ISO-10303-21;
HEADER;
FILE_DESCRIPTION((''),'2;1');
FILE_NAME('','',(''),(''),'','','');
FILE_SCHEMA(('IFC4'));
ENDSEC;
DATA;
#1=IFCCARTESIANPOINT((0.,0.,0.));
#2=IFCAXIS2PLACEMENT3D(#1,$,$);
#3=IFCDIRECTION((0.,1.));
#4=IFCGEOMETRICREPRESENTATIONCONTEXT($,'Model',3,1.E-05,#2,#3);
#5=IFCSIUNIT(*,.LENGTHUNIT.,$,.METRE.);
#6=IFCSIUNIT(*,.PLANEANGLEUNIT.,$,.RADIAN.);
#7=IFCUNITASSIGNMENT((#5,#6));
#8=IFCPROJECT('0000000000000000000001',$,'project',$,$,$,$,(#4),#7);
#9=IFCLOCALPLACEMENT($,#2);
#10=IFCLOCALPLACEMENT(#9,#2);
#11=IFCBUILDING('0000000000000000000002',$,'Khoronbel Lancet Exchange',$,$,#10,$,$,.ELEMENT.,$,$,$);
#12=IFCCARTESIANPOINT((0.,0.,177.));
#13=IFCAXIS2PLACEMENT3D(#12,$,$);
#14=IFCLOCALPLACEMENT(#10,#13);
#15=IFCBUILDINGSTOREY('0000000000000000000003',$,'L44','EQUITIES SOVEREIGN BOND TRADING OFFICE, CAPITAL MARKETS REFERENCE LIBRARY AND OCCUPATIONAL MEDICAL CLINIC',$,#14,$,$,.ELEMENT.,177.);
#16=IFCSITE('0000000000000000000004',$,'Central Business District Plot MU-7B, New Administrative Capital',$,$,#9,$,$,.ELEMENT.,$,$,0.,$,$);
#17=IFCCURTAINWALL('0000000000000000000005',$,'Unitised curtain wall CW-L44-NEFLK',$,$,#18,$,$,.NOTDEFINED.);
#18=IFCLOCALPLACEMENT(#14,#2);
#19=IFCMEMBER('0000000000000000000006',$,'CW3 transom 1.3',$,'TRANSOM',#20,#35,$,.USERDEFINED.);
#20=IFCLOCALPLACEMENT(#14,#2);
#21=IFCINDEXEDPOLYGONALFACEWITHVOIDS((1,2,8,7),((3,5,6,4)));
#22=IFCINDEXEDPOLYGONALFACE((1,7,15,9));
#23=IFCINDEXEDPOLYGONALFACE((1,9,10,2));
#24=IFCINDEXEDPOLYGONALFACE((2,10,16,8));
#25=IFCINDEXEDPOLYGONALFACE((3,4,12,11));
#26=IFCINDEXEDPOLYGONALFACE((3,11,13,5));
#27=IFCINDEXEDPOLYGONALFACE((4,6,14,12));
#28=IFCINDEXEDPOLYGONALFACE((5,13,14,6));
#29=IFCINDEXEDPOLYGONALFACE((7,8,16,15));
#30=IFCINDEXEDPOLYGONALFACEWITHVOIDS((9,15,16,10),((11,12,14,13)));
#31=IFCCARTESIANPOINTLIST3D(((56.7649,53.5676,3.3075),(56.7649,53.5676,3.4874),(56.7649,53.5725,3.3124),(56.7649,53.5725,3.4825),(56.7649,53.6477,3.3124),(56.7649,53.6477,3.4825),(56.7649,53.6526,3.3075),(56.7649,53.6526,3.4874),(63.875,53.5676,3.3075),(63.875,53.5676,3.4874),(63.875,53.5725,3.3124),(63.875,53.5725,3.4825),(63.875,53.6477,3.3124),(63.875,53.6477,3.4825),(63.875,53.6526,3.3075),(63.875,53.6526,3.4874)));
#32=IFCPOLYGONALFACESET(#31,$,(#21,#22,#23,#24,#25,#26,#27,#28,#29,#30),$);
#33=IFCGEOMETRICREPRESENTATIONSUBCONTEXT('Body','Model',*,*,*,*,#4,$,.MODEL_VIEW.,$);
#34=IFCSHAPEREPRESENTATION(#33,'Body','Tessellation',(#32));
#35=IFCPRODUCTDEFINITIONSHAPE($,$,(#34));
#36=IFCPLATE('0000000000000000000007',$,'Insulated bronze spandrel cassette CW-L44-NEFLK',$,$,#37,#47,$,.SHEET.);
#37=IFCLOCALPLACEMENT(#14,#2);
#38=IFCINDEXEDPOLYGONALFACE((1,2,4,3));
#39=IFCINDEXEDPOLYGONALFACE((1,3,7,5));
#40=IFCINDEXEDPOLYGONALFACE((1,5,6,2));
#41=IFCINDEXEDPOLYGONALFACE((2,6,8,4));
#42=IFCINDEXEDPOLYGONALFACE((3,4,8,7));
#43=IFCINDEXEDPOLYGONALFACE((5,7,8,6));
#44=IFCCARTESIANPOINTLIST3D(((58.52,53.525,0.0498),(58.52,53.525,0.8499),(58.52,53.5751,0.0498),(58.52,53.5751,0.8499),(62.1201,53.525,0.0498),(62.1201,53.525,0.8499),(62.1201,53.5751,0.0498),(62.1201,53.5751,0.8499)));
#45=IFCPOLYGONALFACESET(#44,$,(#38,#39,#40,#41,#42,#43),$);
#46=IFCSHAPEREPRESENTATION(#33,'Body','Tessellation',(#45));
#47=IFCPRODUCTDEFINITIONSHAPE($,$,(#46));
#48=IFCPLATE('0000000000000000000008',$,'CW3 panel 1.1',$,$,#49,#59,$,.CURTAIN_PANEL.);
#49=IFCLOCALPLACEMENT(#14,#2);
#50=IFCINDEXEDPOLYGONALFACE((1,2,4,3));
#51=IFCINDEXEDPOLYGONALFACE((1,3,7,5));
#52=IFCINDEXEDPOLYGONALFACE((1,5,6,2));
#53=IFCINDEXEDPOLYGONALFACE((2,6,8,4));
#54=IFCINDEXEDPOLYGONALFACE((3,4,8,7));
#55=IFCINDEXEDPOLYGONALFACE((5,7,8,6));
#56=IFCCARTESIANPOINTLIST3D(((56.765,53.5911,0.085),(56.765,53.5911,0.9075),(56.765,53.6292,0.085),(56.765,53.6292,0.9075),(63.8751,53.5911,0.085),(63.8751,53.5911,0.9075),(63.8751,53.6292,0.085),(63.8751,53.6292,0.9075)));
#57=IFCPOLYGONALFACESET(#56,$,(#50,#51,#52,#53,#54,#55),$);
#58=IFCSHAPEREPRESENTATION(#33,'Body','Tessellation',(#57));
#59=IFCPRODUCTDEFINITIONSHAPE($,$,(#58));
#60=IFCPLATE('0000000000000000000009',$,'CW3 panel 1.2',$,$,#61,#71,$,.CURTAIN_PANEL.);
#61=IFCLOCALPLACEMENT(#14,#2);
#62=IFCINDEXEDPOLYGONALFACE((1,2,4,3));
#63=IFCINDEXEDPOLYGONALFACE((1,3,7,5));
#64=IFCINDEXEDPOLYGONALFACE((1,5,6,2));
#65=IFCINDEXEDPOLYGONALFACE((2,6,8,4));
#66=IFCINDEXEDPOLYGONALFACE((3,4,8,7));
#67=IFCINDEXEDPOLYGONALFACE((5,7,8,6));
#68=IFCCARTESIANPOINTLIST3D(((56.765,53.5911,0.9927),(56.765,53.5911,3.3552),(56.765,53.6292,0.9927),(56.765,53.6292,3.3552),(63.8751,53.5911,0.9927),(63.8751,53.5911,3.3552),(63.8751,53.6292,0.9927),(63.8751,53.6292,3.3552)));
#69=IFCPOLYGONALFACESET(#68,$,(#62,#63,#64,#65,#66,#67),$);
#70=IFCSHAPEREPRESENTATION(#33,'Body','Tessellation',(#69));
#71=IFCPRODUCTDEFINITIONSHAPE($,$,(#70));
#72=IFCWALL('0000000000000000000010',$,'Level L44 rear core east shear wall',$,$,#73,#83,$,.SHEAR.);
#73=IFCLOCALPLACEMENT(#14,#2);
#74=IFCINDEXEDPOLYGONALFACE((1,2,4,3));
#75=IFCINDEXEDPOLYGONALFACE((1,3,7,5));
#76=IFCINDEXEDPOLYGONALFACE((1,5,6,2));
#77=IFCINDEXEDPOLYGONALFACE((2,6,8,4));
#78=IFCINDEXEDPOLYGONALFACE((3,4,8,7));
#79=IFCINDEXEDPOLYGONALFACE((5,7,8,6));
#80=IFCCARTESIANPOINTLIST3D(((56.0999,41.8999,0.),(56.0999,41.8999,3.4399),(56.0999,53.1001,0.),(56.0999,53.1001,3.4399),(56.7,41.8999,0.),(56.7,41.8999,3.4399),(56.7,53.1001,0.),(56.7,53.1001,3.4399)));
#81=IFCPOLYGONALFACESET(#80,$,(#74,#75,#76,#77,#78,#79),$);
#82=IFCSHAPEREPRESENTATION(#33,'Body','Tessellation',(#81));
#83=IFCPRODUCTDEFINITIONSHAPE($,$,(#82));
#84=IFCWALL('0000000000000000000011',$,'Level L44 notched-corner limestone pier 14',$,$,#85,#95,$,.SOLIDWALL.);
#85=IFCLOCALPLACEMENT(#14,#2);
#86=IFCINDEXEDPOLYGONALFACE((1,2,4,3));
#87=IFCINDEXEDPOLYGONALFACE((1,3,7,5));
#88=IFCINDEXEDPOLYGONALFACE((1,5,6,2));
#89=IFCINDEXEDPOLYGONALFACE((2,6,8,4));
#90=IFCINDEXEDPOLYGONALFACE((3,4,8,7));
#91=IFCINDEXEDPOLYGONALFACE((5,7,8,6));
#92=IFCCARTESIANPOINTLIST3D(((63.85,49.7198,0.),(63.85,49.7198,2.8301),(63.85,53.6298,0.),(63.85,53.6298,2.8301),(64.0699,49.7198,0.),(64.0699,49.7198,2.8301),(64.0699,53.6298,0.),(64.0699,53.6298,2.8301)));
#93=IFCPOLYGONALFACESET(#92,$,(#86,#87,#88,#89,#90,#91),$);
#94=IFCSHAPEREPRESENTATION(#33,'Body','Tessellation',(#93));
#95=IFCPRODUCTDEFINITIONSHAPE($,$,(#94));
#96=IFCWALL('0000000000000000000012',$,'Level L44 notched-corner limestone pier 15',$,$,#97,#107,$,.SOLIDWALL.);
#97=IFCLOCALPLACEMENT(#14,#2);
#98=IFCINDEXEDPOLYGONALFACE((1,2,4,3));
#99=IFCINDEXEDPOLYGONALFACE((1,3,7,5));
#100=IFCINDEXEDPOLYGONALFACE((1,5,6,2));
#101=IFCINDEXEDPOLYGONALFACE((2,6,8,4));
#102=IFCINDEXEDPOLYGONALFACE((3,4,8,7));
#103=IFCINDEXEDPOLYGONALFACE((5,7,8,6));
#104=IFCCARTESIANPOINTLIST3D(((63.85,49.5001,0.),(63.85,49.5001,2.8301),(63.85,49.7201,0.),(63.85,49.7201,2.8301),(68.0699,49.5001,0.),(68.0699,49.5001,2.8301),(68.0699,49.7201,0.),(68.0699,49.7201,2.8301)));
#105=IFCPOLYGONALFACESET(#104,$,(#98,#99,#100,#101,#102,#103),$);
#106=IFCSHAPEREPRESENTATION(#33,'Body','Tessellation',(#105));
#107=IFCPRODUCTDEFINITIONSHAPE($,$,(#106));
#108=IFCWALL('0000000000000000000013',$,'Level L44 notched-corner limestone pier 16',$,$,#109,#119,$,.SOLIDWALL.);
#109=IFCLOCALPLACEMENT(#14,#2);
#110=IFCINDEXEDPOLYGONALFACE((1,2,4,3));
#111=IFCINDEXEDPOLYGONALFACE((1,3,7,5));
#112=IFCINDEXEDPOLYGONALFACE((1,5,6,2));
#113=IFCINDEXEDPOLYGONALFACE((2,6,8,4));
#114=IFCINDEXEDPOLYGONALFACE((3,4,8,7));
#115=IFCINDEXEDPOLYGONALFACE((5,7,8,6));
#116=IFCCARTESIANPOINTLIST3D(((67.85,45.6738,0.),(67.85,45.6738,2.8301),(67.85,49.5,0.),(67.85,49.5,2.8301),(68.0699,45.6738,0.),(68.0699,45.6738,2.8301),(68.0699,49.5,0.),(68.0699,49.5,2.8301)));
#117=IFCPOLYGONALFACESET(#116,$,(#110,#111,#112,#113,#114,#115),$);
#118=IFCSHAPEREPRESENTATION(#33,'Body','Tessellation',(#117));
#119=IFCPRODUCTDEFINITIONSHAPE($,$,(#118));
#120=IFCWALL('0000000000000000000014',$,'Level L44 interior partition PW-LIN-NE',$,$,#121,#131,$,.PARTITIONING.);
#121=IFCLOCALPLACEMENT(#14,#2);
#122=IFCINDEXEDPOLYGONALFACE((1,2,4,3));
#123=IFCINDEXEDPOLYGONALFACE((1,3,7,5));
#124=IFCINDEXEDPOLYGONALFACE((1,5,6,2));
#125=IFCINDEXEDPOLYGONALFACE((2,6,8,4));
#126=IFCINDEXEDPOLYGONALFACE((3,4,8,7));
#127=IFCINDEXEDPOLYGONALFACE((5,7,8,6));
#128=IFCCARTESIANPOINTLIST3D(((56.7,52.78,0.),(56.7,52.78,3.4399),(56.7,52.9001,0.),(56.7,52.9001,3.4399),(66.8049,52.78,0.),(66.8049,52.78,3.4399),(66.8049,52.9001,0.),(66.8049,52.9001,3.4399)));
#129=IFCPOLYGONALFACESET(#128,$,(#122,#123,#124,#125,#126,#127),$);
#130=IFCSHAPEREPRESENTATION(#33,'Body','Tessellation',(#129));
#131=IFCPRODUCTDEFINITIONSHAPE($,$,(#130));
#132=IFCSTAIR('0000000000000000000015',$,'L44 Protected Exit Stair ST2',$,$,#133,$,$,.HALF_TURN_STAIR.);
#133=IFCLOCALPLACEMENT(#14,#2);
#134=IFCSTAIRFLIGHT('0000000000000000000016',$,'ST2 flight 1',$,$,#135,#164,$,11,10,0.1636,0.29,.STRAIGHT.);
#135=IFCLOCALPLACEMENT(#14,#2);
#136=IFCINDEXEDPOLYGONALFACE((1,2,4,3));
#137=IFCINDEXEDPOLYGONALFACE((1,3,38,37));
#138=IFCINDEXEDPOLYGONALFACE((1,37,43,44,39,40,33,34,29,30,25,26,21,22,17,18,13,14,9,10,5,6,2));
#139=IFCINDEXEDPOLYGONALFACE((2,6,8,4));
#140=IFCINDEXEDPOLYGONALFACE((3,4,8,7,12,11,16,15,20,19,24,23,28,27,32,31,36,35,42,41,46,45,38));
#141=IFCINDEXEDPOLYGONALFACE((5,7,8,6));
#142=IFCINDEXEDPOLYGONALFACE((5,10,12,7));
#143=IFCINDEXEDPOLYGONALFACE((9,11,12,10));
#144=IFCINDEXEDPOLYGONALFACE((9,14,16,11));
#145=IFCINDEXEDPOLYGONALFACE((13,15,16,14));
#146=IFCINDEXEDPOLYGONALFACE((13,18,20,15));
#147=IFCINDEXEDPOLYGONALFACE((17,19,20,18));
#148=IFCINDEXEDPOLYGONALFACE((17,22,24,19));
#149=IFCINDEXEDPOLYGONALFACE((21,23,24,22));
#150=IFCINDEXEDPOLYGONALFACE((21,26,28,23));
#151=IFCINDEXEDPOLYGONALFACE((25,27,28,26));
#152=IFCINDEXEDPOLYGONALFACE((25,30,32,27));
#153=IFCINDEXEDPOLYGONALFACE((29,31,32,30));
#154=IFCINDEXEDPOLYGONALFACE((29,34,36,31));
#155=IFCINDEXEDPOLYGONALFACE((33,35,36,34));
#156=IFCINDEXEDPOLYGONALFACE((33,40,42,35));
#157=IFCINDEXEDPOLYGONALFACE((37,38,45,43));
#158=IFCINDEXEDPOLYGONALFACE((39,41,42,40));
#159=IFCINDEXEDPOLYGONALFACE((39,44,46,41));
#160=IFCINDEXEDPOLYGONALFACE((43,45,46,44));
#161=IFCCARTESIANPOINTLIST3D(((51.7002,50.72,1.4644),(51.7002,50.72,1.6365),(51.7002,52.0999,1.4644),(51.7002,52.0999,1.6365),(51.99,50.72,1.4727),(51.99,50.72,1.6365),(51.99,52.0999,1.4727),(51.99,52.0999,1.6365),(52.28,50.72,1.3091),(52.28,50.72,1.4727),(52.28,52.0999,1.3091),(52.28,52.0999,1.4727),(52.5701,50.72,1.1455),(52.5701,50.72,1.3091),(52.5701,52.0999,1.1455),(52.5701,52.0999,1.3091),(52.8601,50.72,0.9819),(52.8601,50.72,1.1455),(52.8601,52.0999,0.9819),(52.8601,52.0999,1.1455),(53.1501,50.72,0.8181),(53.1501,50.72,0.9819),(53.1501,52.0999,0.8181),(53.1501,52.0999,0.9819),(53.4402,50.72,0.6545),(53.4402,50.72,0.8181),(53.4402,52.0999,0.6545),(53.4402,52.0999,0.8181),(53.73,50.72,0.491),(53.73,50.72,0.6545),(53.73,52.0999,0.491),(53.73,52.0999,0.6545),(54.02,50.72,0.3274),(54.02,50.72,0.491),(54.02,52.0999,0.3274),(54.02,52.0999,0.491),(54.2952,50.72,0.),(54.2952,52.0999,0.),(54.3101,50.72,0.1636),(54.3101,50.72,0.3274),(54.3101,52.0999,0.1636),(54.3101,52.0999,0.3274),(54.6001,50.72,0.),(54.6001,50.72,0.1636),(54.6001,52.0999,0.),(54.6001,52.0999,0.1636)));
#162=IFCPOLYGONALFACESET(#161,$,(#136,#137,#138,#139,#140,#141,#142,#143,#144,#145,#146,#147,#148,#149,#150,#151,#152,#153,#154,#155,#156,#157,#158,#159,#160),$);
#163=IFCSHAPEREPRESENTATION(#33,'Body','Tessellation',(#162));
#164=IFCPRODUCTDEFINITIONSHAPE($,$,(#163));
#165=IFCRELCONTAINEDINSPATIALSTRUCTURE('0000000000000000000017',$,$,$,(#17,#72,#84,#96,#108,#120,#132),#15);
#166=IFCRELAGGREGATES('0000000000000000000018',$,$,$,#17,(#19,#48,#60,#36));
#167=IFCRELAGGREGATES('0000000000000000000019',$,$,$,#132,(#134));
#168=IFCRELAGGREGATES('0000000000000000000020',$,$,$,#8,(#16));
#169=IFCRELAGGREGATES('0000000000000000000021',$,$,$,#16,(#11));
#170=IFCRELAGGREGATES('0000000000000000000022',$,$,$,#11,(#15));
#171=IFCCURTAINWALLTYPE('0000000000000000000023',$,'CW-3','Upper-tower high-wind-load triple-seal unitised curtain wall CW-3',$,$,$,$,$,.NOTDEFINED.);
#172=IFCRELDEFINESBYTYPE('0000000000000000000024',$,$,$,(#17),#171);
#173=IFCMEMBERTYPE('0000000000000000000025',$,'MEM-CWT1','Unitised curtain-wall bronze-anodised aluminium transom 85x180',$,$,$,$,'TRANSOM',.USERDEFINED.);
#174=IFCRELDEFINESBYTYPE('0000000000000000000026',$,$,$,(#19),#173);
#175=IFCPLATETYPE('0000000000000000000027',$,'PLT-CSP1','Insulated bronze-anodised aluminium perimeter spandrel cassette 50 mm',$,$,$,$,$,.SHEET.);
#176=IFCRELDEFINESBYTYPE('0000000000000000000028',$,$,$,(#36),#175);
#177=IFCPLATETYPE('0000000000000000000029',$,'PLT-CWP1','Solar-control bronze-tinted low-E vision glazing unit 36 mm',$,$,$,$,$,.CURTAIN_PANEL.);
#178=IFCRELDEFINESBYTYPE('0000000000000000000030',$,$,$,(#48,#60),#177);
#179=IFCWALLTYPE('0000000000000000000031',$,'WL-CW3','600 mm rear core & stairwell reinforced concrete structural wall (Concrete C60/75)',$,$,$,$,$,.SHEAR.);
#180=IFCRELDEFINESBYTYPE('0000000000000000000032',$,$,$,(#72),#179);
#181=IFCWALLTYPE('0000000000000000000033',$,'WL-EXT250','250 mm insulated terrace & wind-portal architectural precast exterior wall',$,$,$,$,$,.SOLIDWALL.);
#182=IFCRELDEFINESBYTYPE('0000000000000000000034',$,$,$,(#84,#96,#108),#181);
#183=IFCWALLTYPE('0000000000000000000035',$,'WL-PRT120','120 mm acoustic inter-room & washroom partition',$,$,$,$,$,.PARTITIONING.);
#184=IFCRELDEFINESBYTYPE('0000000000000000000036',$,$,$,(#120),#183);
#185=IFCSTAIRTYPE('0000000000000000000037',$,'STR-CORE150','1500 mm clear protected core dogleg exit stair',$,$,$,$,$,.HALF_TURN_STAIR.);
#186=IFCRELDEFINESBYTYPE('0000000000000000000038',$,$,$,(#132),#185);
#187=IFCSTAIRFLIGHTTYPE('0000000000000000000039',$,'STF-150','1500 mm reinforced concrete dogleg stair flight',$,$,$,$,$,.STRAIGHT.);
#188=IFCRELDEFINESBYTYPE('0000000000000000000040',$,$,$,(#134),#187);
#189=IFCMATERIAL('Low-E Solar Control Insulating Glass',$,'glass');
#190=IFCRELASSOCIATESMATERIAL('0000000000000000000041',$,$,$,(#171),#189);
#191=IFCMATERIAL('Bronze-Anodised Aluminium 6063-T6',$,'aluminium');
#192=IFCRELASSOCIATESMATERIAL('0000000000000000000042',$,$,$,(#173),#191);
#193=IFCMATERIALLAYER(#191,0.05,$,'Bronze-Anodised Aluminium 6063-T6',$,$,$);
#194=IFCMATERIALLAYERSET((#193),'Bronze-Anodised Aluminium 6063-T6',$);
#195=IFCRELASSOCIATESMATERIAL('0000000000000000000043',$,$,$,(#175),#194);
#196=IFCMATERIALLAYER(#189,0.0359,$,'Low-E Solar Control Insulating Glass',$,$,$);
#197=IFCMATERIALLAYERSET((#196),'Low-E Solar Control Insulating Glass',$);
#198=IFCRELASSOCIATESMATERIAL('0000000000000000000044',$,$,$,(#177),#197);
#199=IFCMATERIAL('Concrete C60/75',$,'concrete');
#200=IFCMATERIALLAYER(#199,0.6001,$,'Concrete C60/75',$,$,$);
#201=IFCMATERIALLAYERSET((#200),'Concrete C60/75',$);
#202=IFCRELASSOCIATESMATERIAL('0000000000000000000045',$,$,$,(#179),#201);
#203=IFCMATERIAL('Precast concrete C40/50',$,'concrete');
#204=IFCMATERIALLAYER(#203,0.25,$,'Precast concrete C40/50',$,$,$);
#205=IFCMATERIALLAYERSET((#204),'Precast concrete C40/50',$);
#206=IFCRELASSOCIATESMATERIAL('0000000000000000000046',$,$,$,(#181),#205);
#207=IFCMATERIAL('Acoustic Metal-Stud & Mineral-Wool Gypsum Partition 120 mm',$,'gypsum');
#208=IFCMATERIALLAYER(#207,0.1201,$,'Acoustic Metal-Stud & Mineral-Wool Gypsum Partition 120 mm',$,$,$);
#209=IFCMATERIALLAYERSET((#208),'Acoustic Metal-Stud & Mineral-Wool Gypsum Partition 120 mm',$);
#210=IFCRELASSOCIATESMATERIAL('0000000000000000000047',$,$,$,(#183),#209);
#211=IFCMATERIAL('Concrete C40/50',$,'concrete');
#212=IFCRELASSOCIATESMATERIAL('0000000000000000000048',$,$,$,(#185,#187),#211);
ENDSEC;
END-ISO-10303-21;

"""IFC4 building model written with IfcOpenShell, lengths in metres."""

from ifc_helpers import new_model, si_unit, direction, frame, frame_2d, origin, origin_2d, place, context, subcontext, project, spatial, polyline, rectangle, hollow_rectangle, outline, extrude, material, layer, layer_set, material_profile, profile_set, type_object, element, aggregate, save


model = new_model("IFC4")

# Units and contexts
model_context = context("Model", 3, precision=1e-05, world=origin(), true_north=direction((0.0, 1.0)))
body_context = subcontext(model_context, "Body", "Model", "MODEL_VIEW")
ifc_project = project(units=[si_unit("LENGTHUNIT", "METRE"), si_unit("PLANEANGLEUNIT", "RADIAN")], contexts=[model_context])

# Site, building, storey
site_placement = place(None, origin())
site = spatial("IfcSite", under=ifc_project, at=site_placement, Name="Central Business District Plot MU-7B, New Administrative Capital", CompositionType="ELEMENT", RefElevation=0.0)
building_placement = place(site_placement, origin())
building = spatial("IfcBuilding", under=site, at=building_placement, Name="Khoronbel Lancet Exchange", CompositionType="ELEMENT")
storey_placement = place(building_placement, frame((0.0, 0.0, 177.0)))
storey = spatial("IfcBuildingStorey", under=building, at=storey_placement, Name="L44", Description="EQUITIES SOVEREIGN BOND TRADING OFFICE, CAPITAL MARKETS REFERENCE LIBRARY AND OCCUPATIONAL MEDICAL CLINIC", CompositionType="ELEMENT", Elevation=177.0)

# Curtain wall, member, plates
ifc_material_1 = material(Name="Low-E Solar Control Insulating Glass", Category="glass")
curtain_wall_type = type_object("IfcCurtainWallType", Name="CW-3", Description="Upper-tower high-wind-load triple-seal unitised curtain wall CW-3", PredefinedType="NOTDEFINED", material=ifc_material_1)
curtain_wall_placement = place(storey_placement, origin())
curtain_wall = element("IfcCurtainWall", 1, at=curtain_wall_placement, inside=storey, type_object=curtain_wall_type, Name="Unitised curtain wall CW-L44-NEFLK", PredefinedType="NOTDEFINED")
ifc_material_2 = material(Name="Bronze-Anodised Aluminium 6063-T6", Category="aluminium")
ifc_material_profile_1 = material_profile(ifc_material_2, hollow_rectangle(XDim=0.085, YDim=0.1799, WallThickness=0.0049, at=origin_2d()), Name="ALU TRANSOM 85x180")
ifc_profile_set_1 = profile_set([ifc_material_profile_1], Name="Bronze-Anodised Aluminium 6063-T6")
member_type_1 = type_object("IfcMemberType", Name="MEM-CWT1", Description="Unitised curtain-wall bronze-anodised aluminium transom 85x180", ElementType="TRANSOM", PredefinedType="USERDEFINED", material=ifc_profile_set_1)
member_1_placement = place(storey_placement, frame((63.875, 53.6101, 3.3975), z_axis=(-1.0, 0.0, 0.0), x_axis=(0.0, -1.0, 0.0)))
member_1 = element("IfcMember", 2, at=member_1_placement, type_object=member_type_1, Name="CW3 transom 1.3", ObjectType="TRANSOM", PredefinedType="USERDEFINED", context=body_context, shape_type="SweptSolid", body=[
    extrude(hollow_rectangle(XDim=0.085, YDim=0.1799, WallThickness=0.0049, at=origin_2d()), origin(), (0.0, 0.0, 1.0), 7.1101),
])
ifc_layer_1 = layer(ifc_material_2, 0.05, Name="Bronze-Anodised Aluminium 6063-T6")
ifc_layer_set_1 = layer_set([ifc_layer_1], Name="Bronze-Anodised Aluminium 6063-T6")
plate_type_1 = type_object("IfcPlateType", Name="PLT-CSP1", Description="Insulated bronze-anodised aluminium perimeter spandrel cassette 50 mm", PredefinedType="SHEET", material=ifc_layer_set_1)
plate_1_placement = place(storey_placement, frame((60.3201, 53.55, 0.0498), z_axis=(0.0, 0.0, 1.0), x_axis=(-1.0, 0.0, 0.0)))
plate_1 = element("IfcPlate", 3, at=plate_1_placement, type_object=plate_type_1, Name="Insulated bronze spandrel cassette CW-L44-NEFLK", PredefinedType="SHEET", context=body_context, shape_type="SweptSolid", body=[
    extrude(rectangle(XDim=3.6001, YDim=0.05, at=origin_2d()), origin(), (0.0, 0.0, 1.0), 0.8),
])
ifc_layer_2 = layer(ifc_material_1, 0.0359, Name="Low-E Solar Control Insulating Glass")
ifc_layer_set_2 = layer_set([ifc_layer_2], Name="Low-E Solar Control Insulating Glass")
plate_type_2 = type_object("IfcPlateType", Name="PLT-CWP1", Description="Solar-control bronze-tinted low-E vision glazing unit 36 mm", PredefinedType="CURTAIN_PANEL", material=ifc_layer_set_2)
plate_2_placement = place(storey_placement, frame((60.3201, 53.6101, 0.085), z_axis=(0.0, 0.0, 1.0), x_axis=(-1.0, 0.0, 0.0)))
plate_2 = element("IfcPlate", 4, at=plate_2_placement, type_object=plate_type_2, Name="CW3 panel 1.1", PredefinedType="CURTAIN_PANEL", context=body_context, shape_type="SweptSolid", body=[
    extrude(rectangle(XDim=7.1101, YDim=0.0381, at=origin_2d()), origin(), (0.0, 0.0, 1.0), 0.8225),
])
plate_3_placement = place(storey_placement, frame((60.3201, 53.6101, 0.9927), z_axis=(0.0, 0.0, 1.0), x_axis=(-1.0, 0.0, 0.0)))
plate_3 = element("IfcPlate", 5, at=plate_3_placement, type_object=plate_type_2, Name="CW3 panel 1.2", PredefinedType="CURTAIN_PANEL", context=body_context, shape_type="SweptSolid", body=[
    extrude(rectangle(XDim=7.1101, YDim=0.0381, at=origin_2d()), origin(), (0.0, 0.0, 1.0), 2.3625),
])
aggregate(curtain_wall, [member_1, plate_2, plate_3, plate_1])

# Walls
ifc_material_3 = material(Name="Concrete C60/75", Category="concrete")
ifc_layer_3 = layer(ifc_material_3, 0.6001, Name="Concrete C60/75")
ifc_layer_set_3 = layer_set([ifc_layer_3], Name="Concrete C60/75")
wall_type_1 = type_object("IfcWallType", Name="WL-CW3", Description="600 mm rear core & stairwell reinforced concrete structural wall (Concrete C60/75)", PredefinedType="SHEAR", material=ifc_layer_set_3)
wall_1_placement = place(storey_placement, frame((56.3999, 53.1001, 0.0), z_axis=(0.0, 0.0, 1.0), x_axis=(0.0, -1.0, 0.0)))
element("IfcWall", 6, at=wall_1_placement, inside=storey, type_object=wall_type_1, Name="Level L44 rear core east shear wall", PredefinedType="SHEAR", context=body_context, shape_type="SweptSolid", body=[
    extrude(rectangle(XDim=11.2002, YDim=0.6001, at=frame_2d((5.6001, 0.0))), origin(), (0.0, 0.0, 1.0), 3.4399),
])
ifc_material_4 = material(Name="Precast concrete C40/50", Category="concrete")
ifc_layer_4 = layer(ifc_material_4, 0.25, Name="Precast concrete C40/50")
ifc_layer_set_4 = layer_set([ifc_layer_4], Name="Precast concrete C40/50")
wall_type_2 = type_object("IfcWallType", Name="WL-EXT250", Description="250 mm insulated terrace & wind-portal architectural precast exterior wall", PredefinedType="SOLIDWALL", material=ifc_layer_set_4)
wall_2_placement = place(storey_placement, frame((63.96, 53.6299, 0.0), z_axis=(0.0, 0.0, 1.0), x_axis=(0.0, -1.0, 0.0)))
element("IfcWall", 7, at=wall_2_placement, inside=storey, type_object=wall_type_2, Name="Level L44 notched-corner limestone pier 14", PredefinedType="SOLIDWALL", context=body_context, shape_type="SweptSolid", body=[
    extrude(rectangle(XDim=3.9099, YDim=0.22, at=frame_2d((1.9551, 0.0))), origin(), (0.0, 0.0, 1.0), 2.8301),
])
wall_3_placement = place(storey_placement, frame((63.8501, 49.6101, 0.0), z_axis=(0.0, 0.0, 1.0), x_axis=(1.0, 0.0, 0.0)))
element("IfcWall", 8, at=wall_3_placement, inside=storey, type_object=wall_type_2, Name="Level L44 notched-corner limestone pier 15", PredefinedType="SOLIDWALL", context=body_context, shape_type="SweptSolid", body=[
    extrude(rectangle(XDim=4.22, YDim=0.22, at=frame_2d((2.1099, 0.0))), origin(), (0.0, 0.0, 1.0), 2.8301),
])
wall_4_placement = place(storey_placement, frame((67.96, 49.5, 0.0), z_axis=(0.0, 0.0, 1.0), x_axis=(0.0, -1.0, 0.0)))
element("IfcWall", 9, at=wall_4_placement, inside=storey, type_object=wall_type_2, Name="Level L44 notched-corner limestone pier 16", PredefinedType="SOLIDWALL", context=body_context, shape_type="SweptSolid", body=[
    extrude(rectangle(XDim=3.8262, YDim=0.22, at=frame_2d((1.9131, 0.0))), origin(), (0.0, 0.0, 1.0), 2.8301),
])
ifc_material_5 = material(Name="Acoustic Metal-Stud & Mineral-Wool Gypsum Partition 120 mm", Category="gypsum")
ifc_layer_5 = layer(ifc_material_5, 0.1201, Name="Acoustic Metal-Stud & Mineral-Wool Gypsum Partition 120 mm")
ifc_layer_set_5 = layer_set([ifc_layer_5], Name="Acoustic Metal-Stud & Mineral-Wool Gypsum Partition 120 mm")
wall_type_3 = type_object("IfcWallType", Name="WL-PRT120", Description="120 mm acoustic inter-room & washroom partition", PredefinedType="PARTITIONING", material=ifc_layer_set_5)
wall_5_placement = place(storey_placement, frame((56.7, 52.8401, 0.0), z_axis=(0.0, 0.0, 1.0), x_axis=(1.0, 0.0, 0.0)))
element("IfcWall", 10, at=wall_5_placement, inside=storey, type_object=wall_type_3, Name="Level L44 interior partition PW-LIN-NE", PredefinedType="PARTITIONING", context=body_context, shape_type="SweptSolid", body=[
    extrude(rectangle(XDim=10.105, YDim=0.1201, at=frame_2d((5.0525, 0.0))), origin(), (0.0, 0.0, 1.0), 3.4399),
])

# Stair, stair flight
ifc_material_6 = material(Name="Concrete C40/50", Category="concrete")
stair_type = type_object("IfcStairType", Name="STR-CORE150", Description="1500 mm clear protected core dogleg exit stair", PredefinedType="HALF_TURN_STAIR", material=ifc_material_6)
stair_placement = place(storey_placement, origin())
stair = element("IfcStair", 11, at=stair_placement, inside=storey, type_object=stair_type, Name="L44 Protected Exit Stair ST2", PredefinedType="HALF_TURN_STAIR")
stair_flight_type = type_object("IfcStairFlightType", Name="STF-150", Description="1500 mm reinforced concrete dogleg stair flight", PredefinedType="STRAIGHT", material=ifc_material_6)
stair_flight_placement = place(storey_placement, frame((54.6001, 51.4099, 0.0), z_axis=(0.0, 0.0, 1.0), x_axis=(-1.0, 0.0, 0.0)))
stair_flight = element("IfcStairFlight", 12, at=stair_flight_placement, type_object=stair_flight_type, Name="ST2 flight 1", NumberOfRisers=11, NumberOfTreads=10, PredefinedType="STRAIGHT", RiserHeight=0.1636, TreadLength=0.29, context=body_context, shape_type="SweptSolid", body=[
    extrude(outline(polyline([(0.0, 0.0), (0.0, 0.1636), (0.29, 0.1636), (0.29, 0.3274), (0.5801, 0.3274), (0.5801, 0.491), (0.8701, 0.491), (0.8701, 0.6545), (1.1599, 0.6545), (1.1599, 0.8181), (1.45, 0.8181), (1.45, 0.9819), (1.74, 0.9819), (1.74, 1.1455), (2.03, 1.1455), (2.03, 1.3091), (2.3201, 1.3091), (2.3201, 1.4727), (2.6101, 1.4727), (2.6101, 1.6365), (2.8999, 1.6365), (2.8999, 1.8), (2.8999, 1.4644), (0.3049, 0.0), (0.0, 0.0)])), frame((0.0, 0.6899, 0.0), z_axis=(0.0, -1.0, 0.0), x_axis=(1.0, 0.0, 0.0)), (0.0, 0.0, 1.0), 1.3799),
])
aggregate(stair, [stair_flight])

save(model, "model.ifc")
